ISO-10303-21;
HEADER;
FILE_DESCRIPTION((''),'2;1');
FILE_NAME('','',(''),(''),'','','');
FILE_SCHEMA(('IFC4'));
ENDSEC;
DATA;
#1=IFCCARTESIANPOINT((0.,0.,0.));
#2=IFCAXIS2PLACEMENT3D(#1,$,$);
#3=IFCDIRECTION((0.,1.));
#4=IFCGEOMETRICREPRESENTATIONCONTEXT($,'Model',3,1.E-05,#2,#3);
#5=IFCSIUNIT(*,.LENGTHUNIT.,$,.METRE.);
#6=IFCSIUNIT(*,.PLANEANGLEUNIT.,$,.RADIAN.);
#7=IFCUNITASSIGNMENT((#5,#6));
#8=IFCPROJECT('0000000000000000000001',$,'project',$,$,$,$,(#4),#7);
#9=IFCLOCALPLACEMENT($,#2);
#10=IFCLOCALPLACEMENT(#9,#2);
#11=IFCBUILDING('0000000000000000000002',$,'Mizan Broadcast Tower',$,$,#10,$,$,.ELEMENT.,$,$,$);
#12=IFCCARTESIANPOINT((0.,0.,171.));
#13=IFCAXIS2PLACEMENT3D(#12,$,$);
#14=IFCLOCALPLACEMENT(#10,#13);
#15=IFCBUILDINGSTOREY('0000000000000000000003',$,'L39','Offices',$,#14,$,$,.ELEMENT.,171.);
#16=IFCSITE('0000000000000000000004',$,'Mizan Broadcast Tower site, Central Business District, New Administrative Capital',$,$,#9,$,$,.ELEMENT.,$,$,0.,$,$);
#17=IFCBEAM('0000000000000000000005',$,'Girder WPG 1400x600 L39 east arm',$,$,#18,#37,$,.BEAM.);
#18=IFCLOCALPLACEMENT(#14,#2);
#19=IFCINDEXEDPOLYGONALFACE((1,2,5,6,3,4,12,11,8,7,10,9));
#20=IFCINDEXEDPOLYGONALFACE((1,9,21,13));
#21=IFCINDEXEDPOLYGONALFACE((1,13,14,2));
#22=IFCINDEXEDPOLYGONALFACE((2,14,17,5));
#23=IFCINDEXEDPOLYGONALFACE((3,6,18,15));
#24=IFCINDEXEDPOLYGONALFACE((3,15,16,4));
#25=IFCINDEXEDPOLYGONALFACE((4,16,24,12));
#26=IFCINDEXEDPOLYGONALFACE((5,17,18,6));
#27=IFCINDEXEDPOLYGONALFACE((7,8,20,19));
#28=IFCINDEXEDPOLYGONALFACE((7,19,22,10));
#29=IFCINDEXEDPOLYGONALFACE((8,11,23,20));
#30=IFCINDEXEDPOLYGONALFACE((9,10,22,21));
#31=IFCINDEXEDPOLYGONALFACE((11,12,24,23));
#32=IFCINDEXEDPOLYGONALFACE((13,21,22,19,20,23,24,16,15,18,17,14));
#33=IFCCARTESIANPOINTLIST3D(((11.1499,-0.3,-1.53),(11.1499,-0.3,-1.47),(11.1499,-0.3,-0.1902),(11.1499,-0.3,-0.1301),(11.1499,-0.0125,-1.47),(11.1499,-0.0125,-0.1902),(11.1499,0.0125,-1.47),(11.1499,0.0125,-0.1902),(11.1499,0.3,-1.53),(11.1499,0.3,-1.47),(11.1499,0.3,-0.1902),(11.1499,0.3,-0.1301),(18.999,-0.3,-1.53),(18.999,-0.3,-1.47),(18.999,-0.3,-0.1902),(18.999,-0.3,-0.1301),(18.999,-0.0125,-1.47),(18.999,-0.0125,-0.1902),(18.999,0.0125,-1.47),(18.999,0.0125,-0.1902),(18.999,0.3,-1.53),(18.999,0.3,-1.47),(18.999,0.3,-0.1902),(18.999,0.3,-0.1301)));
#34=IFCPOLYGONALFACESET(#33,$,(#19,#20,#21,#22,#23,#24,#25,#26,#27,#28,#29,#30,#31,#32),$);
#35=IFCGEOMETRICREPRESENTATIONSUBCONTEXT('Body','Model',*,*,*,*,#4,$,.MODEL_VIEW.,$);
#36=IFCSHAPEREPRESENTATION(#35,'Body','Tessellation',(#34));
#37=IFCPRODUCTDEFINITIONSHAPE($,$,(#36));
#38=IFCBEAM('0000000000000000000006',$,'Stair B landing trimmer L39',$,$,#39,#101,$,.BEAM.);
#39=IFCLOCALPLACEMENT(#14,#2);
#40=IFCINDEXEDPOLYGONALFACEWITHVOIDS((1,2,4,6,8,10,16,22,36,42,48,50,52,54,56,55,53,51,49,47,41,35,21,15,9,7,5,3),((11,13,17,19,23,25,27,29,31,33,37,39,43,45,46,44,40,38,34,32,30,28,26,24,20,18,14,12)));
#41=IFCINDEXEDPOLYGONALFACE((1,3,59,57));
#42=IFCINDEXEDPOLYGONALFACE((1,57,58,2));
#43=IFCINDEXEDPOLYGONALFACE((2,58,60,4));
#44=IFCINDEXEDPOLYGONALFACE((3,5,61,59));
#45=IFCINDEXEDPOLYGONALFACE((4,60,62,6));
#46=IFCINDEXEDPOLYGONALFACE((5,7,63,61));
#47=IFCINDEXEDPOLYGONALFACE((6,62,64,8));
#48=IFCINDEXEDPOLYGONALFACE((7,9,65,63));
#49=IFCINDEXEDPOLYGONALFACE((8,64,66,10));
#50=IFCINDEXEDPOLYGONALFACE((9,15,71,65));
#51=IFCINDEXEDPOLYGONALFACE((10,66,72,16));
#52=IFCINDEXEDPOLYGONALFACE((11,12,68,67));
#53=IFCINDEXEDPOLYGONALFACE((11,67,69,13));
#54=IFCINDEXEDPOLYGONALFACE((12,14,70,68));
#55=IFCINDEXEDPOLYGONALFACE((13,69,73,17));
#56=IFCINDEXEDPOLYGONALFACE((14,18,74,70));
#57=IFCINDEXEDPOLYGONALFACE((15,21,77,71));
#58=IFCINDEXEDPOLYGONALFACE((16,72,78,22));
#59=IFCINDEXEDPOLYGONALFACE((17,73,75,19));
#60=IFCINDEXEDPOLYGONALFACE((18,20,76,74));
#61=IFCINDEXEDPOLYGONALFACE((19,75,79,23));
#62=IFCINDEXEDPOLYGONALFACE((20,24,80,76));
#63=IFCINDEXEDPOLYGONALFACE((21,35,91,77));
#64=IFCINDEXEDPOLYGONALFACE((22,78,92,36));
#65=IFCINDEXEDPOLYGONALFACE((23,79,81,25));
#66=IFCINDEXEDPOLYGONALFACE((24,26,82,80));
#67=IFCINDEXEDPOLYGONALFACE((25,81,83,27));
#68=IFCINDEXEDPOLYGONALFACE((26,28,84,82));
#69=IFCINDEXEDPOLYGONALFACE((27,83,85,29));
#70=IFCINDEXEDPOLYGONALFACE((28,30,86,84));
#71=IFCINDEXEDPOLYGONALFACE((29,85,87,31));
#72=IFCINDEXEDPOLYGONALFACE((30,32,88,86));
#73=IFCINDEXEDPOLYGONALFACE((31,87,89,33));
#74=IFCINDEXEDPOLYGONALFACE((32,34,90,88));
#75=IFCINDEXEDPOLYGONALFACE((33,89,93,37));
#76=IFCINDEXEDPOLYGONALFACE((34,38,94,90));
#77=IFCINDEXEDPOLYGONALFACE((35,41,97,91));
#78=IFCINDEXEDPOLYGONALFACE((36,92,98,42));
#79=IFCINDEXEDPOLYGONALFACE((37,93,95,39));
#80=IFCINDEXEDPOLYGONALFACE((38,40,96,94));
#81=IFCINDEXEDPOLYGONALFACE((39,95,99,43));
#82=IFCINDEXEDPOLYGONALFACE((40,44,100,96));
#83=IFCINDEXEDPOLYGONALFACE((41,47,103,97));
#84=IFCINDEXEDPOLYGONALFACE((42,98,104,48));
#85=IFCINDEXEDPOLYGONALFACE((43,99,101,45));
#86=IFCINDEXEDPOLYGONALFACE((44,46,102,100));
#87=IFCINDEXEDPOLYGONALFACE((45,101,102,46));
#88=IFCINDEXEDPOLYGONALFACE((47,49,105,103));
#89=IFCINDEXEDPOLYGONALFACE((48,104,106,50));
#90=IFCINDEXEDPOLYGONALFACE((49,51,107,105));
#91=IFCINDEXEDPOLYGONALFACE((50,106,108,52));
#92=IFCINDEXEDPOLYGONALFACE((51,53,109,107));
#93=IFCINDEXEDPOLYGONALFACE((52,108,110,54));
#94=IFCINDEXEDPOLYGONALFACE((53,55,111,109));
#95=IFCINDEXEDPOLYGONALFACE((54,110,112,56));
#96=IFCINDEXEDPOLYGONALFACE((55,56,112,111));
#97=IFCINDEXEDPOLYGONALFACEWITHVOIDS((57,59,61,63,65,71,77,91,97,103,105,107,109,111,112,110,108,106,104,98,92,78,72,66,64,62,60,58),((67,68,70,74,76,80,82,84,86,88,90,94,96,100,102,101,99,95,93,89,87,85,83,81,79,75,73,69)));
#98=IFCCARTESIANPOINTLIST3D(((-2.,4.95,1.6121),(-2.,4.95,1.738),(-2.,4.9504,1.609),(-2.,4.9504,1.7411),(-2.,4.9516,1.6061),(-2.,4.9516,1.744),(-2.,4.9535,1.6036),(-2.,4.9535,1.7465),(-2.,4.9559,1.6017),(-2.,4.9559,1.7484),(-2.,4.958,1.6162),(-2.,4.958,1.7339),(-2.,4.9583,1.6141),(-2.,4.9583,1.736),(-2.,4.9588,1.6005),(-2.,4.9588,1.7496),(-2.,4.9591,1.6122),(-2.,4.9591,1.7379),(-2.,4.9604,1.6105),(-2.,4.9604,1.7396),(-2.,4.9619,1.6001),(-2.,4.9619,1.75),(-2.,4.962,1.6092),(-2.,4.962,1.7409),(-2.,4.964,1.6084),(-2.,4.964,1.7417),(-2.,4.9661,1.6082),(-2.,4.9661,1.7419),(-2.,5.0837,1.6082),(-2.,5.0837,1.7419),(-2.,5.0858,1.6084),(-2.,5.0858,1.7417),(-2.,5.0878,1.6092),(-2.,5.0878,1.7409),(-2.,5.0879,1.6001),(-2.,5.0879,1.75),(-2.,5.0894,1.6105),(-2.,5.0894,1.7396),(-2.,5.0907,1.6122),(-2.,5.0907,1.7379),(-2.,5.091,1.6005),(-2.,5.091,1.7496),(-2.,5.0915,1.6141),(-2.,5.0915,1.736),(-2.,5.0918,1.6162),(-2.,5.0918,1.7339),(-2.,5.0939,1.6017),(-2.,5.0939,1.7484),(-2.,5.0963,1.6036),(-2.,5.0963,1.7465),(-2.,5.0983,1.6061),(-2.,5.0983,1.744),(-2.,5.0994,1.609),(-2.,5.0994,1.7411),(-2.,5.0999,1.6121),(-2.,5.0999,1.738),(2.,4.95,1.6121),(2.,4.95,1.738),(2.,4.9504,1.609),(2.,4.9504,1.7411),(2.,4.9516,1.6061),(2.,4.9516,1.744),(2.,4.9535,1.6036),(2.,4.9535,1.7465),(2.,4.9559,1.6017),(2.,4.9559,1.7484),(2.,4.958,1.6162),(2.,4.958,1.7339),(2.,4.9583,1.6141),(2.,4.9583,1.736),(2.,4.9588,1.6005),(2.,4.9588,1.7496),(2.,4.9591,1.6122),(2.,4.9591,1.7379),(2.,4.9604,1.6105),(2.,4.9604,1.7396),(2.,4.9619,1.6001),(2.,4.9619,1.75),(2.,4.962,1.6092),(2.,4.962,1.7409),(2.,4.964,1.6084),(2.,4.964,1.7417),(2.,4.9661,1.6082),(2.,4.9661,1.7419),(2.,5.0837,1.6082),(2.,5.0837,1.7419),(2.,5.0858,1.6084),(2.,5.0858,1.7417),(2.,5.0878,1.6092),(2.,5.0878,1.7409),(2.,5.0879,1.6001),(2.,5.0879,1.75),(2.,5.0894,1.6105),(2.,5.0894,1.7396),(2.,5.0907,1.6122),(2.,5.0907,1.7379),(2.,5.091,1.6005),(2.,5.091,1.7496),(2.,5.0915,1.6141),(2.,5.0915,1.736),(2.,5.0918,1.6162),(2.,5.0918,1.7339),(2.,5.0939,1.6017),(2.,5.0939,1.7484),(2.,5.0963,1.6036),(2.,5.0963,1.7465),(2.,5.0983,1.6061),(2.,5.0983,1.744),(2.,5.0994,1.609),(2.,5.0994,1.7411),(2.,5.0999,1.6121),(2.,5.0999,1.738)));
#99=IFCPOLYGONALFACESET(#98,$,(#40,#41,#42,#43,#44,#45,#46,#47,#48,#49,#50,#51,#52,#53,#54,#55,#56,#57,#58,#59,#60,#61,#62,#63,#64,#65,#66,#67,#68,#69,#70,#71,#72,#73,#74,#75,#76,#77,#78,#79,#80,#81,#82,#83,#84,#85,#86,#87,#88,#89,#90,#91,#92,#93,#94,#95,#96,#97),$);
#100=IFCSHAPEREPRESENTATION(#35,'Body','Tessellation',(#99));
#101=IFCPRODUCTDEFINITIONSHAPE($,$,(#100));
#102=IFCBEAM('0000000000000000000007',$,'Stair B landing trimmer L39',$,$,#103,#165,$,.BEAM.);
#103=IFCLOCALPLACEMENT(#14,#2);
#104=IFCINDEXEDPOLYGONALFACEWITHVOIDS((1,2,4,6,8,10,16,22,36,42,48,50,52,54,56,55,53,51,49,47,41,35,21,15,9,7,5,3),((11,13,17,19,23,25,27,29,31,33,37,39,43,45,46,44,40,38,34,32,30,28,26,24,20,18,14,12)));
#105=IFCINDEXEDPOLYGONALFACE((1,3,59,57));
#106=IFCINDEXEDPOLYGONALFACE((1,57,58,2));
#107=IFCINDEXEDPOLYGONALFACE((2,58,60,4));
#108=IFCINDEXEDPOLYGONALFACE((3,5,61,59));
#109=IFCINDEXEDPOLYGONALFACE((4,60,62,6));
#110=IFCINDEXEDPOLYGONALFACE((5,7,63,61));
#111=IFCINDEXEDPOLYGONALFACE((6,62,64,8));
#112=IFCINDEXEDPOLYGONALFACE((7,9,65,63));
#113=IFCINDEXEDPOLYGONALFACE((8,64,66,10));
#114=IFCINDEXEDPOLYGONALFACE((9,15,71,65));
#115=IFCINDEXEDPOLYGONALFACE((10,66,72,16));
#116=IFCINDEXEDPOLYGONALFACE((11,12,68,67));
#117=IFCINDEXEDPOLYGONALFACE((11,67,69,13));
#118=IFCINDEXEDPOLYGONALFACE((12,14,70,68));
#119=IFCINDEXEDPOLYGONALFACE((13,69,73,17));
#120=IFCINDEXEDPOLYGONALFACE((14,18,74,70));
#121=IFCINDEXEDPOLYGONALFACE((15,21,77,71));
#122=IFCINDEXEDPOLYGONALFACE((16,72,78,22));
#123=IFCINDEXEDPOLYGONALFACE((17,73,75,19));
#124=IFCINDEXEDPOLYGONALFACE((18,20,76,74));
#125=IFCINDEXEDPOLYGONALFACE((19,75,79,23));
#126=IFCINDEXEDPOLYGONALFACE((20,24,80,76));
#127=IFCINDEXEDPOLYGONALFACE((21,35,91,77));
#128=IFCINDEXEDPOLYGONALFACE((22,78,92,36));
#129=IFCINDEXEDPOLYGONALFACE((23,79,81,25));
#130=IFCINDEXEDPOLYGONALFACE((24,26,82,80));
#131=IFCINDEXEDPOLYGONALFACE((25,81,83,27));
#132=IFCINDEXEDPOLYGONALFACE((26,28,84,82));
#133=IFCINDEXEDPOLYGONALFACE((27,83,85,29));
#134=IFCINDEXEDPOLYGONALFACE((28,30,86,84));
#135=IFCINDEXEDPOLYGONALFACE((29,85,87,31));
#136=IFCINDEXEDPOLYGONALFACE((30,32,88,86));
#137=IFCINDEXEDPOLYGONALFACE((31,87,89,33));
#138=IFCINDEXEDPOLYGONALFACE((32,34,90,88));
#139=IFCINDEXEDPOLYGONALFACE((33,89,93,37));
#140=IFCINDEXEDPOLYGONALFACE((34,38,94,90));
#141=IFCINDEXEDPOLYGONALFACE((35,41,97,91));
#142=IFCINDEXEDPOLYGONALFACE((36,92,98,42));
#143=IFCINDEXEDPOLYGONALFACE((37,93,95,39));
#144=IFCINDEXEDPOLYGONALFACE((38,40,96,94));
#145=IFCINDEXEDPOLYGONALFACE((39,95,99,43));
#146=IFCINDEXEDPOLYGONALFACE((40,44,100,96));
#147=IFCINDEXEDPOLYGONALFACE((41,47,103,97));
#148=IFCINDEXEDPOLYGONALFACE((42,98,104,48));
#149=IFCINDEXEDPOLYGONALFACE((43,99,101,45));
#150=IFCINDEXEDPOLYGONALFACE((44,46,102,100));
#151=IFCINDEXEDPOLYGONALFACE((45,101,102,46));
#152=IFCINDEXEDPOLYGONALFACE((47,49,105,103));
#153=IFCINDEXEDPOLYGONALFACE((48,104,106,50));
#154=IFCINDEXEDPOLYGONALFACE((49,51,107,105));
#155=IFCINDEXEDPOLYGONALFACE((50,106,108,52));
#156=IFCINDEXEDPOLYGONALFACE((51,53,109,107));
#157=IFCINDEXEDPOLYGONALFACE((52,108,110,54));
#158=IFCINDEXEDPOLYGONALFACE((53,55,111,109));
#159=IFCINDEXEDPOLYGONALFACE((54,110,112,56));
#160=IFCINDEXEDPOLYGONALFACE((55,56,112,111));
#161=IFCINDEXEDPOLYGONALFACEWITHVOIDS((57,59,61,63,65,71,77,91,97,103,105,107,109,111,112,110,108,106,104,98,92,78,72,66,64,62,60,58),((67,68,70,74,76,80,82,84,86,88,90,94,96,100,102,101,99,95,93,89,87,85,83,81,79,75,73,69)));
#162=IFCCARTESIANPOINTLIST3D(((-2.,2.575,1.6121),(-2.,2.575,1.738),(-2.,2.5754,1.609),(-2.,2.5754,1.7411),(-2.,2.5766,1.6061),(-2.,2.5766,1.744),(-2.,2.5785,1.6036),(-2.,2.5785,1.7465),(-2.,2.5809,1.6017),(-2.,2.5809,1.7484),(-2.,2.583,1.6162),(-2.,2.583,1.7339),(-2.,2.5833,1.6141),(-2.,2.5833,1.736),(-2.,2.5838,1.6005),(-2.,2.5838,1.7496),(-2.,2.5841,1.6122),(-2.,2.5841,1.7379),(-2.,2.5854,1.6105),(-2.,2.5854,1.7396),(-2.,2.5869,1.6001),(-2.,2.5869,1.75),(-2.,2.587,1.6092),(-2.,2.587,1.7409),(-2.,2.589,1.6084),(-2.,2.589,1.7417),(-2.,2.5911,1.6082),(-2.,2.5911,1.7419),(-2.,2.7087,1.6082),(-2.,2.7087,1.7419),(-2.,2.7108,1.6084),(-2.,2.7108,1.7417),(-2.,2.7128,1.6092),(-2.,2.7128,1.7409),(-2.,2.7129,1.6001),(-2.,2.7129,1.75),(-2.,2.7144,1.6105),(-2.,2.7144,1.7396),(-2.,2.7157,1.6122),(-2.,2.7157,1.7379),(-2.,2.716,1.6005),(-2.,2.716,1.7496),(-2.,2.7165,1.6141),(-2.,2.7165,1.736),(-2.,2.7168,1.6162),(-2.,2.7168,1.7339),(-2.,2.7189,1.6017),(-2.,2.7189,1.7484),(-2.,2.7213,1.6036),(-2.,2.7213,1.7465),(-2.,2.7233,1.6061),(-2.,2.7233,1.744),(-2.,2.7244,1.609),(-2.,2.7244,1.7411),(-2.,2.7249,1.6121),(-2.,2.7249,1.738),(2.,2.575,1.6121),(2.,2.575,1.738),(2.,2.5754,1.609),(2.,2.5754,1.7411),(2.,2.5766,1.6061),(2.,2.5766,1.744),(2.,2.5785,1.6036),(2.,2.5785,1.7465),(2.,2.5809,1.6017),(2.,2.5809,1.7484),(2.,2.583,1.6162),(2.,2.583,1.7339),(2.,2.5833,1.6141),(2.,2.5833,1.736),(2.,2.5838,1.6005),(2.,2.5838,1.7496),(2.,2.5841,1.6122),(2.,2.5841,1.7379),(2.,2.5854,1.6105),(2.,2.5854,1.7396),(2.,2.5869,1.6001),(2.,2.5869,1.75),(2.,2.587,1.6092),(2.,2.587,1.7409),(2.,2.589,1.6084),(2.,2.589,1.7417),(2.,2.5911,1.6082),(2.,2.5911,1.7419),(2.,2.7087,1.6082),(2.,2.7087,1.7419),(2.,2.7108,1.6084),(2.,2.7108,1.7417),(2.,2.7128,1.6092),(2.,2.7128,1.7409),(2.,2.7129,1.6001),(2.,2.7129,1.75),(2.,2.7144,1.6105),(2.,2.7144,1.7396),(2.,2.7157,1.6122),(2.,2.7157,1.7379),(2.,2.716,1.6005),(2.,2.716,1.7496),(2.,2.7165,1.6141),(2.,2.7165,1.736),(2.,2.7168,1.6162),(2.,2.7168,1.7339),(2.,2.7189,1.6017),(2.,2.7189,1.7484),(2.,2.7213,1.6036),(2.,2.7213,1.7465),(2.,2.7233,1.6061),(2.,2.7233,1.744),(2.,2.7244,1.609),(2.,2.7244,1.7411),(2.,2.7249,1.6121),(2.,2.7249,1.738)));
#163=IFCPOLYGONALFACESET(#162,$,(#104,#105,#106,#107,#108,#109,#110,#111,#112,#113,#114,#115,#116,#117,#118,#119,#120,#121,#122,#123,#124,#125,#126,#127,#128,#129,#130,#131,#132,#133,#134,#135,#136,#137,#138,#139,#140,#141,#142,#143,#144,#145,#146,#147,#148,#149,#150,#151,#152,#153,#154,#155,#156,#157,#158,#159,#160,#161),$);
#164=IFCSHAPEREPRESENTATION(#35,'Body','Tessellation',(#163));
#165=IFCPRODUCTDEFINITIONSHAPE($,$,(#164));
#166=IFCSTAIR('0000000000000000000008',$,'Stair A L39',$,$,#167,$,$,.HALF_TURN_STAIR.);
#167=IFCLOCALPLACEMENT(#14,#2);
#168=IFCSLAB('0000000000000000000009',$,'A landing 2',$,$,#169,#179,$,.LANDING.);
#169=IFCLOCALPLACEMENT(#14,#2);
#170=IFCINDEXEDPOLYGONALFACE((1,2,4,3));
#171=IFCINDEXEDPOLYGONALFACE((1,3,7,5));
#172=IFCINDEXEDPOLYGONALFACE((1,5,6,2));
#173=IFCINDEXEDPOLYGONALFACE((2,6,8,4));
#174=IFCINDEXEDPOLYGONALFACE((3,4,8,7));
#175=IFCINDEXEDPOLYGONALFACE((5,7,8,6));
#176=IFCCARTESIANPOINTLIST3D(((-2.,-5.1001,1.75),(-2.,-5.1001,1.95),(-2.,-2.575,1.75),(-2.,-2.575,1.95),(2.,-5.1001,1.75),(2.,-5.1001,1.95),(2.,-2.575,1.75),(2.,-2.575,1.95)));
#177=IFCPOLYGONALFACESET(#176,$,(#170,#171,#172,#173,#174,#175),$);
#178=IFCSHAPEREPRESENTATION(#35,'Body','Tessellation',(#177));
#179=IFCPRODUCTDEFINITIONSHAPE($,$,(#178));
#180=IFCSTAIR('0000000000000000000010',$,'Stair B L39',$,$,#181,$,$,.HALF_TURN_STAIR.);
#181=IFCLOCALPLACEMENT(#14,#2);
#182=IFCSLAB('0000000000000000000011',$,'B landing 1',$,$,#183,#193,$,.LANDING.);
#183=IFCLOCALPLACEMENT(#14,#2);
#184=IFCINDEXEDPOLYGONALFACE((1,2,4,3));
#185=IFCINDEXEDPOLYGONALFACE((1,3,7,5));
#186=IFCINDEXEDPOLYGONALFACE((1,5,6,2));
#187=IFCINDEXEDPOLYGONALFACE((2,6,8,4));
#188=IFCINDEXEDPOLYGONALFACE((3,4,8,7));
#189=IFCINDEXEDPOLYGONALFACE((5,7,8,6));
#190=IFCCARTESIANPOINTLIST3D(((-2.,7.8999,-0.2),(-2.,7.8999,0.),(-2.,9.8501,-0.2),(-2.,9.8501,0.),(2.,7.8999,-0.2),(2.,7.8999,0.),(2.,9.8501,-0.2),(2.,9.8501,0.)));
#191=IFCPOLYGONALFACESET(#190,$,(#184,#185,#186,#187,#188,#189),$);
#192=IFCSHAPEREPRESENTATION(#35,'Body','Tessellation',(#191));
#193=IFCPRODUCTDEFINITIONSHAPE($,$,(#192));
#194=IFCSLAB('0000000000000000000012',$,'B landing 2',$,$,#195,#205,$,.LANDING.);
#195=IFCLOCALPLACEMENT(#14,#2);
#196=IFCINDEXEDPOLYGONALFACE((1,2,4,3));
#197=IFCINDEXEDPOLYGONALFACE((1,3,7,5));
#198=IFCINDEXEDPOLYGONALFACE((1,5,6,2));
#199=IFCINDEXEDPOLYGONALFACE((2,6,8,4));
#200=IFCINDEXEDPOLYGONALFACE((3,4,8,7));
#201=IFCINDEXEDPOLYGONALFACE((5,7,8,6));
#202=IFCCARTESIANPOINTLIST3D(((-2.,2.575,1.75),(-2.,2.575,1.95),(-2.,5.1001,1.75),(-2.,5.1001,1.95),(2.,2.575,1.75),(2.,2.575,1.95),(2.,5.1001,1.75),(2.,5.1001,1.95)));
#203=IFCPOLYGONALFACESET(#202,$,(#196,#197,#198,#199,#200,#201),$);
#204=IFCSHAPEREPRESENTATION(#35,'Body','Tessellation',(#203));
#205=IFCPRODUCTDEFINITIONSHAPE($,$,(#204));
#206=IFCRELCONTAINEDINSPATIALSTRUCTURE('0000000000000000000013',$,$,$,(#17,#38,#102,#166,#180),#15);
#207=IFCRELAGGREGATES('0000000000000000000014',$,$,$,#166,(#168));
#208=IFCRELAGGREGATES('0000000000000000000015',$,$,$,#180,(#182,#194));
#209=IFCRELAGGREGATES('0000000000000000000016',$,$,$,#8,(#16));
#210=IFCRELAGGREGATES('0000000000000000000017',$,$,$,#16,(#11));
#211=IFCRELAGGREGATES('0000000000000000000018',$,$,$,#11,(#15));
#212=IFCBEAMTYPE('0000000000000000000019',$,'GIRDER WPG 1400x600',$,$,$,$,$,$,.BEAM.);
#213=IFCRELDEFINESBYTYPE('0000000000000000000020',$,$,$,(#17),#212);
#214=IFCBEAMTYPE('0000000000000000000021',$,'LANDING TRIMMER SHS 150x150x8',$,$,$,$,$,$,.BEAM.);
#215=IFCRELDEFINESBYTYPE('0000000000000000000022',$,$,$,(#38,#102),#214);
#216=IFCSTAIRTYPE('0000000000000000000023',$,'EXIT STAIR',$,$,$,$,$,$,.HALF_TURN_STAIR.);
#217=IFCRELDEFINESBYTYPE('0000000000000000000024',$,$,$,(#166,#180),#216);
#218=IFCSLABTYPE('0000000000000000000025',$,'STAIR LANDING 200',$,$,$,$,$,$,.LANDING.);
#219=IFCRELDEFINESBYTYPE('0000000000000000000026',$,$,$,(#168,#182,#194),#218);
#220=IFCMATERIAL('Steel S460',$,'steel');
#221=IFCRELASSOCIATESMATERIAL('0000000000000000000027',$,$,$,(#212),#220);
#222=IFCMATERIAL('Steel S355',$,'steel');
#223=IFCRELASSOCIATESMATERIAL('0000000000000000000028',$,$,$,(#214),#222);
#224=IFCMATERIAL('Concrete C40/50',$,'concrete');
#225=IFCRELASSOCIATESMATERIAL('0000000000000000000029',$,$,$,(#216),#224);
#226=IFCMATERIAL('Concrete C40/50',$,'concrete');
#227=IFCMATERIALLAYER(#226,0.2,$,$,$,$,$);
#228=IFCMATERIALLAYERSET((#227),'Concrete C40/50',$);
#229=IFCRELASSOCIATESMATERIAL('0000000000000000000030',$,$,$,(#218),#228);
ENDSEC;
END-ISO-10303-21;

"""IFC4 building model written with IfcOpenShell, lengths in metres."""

from ifc_helpers import new_model, si_unit, direction, frame, origin, origin_2d, place, context, subcontext, project, spatial, polyline, hollow_rectangle, i_section, outline, extrude, material, layer, layer_set, material_profile, profile_set, type_object, element, aggregate, save


model = new_model("IFC4")

# Units and contexts
model_context = context("Model", 3, precision=1e-05, world=origin(), true_north=direction((0.0, 1.0)))
body_context = subcontext(model_context, "Body", "Model", "MODEL_VIEW")
ifc_project = project(units=[si_unit("LENGTHUNIT", "METRE"), si_unit("PLANEANGLEUNIT", "RADIAN")], contexts=[model_context])

# Site, building, storey
site_placement = place(None, origin())
site = spatial("IfcSite", under=ifc_project, at=site_placement, Name="Mizan Broadcast Tower site, Central Business District, New Administrative Capital", CompositionType="ELEMENT", RefElevation=0.0)
building_placement = place(site_placement, origin())
building = spatial("IfcBuilding", under=site, at=building_placement, Name="Mizan Broadcast Tower", CompositionType="ELEMENT")
storey_placement = place(building_placement, frame((0.0, 0.0, 171.0)))
storey = spatial("IfcBuildingStorey", under=building, at=storey_placement, Name="L39", Description="Offices", CompositionType="ELEMENT", Elevation=171.0)

# Beams
ifc_material_1 = material(Name="Steel S460", Category="steel")
ifc_material_profile_1 = material_profile(ifc_material_1, i_section(OverallWidth=0.6001, OverallDepth=1.3999, WebThickness=0.0249, FlangeThickness=0.0601, at=origin_2d()), Name="WPG 1400x600")
ifc_profile_set_1 = profile_set([ifc_material_profile_1], Name="Steel S460")
beam_type_1 = type_object("IfcBeamType", Name="GIRDER WPG 1400x600", PredefinedType="BEAM", material=ifc_profile_set_1)
beam_placement = place(storey_placement, frame((11.1499, 0.0, -0.8301), z_axis=(1.0, 0.0, 0.0), x_axis=(0.0, 1.0, 0.0)))
element("IfcBeam", 1, at=beam_placement, inside=storey, type_object=beam_type_1, Name="Girder WPG 1400x600 L39 east arm", PredefinedType="BEAM", context=body_context, shape_type="SweptSolid", body=[
    extrude(i_section(OverallWidth=0.6001, OverallDepth=1.3999, WebThickness=0.0249, FlangeThickness=0.0601, at=origin_2d()), origin(), (0.0, 0.0, 1.0), 7.8491),
])
ifc_material_2 = material(Name="Steel S355", Category="steel")
ifc_material_profile_2 = material_profile(ifc_material_2, hollow_rectangle(XDim=0.1499, YDim=0.1499, WallThickness=0.0081, InnerFilletRadius=0.0081, OuterFilletRadius=0.012, at=origin_2d()), Name="SHS 150x150x8")
ifc_profile_set_2 = profile_set([ifc_material_profile_2], Name="Steel S355")
beam_type_2 = type_object("IfcBeamType", Name="LANDING TRIMMER SHS 150x150x8", PredefinedType="BEAM", material=ifc_profile_set_2)
for number, where, z_axis, x_axis, name in (
    (2, (2.0, 5.0249, 1.675), (-1.0, 0.0, 0.0), (0.0, -1.0, 0.0), "Stair B landing trimmer L39"),
    (3, (2.0, 2.6499, 1.675), (-1.0, 0.0, 0.0), (0.0, -1.0, 0.0), "Stair B landing trimmer L39"),
):
    element("IfcBeam", number, at=place(storey_placement, frame(where, z_axis=z_axis, x_axis=x_axis)), inside=storey, type_object=beam_type_2, Name=name, PredefinedType="BEAM", context=body_context, shape_type="SweptSolid", body=[
        extrude(hollow_rectangle(XDim=0.1499, YDim=0.1499, WallThickness=0.0081, InnerFilletRadius=0.0081, OuterFilletRadius=0.012, at=origin_2d()), origin(), (0.0, 0.0, 1.0), 4.0),
    ])

# Stair, slab
ifc_material_3 = material(Name="Concrete C40/50", Category="concrete")
stair_type = type_object("IfcStairType", Name="EXIT STAIR", PredefinedType="HALF_TURN_STAIR", material=ifc_material_3)
stair_1_placement = place(storey_placement, origin())
stair_1 = element("IfcStair", 4, at=stair_1_placement, inside=storey, type_object=stair_type, Name="Stair A L39", PredefinedType="HALF_TURN_STAIR")
ifc_material_4 = material(Name="Concrete C40/50", Category="concrete")
ifc_layer_1 = layer(ifc_material_4, 0.2)
ifc_layer_set_1 = layer_set([ifc_layer_1], Name="Concrete C40/50")
slab_type = type_object("IfcSlabType", Name="STAIR LANDING 200", PredefinedType="LANDING", material=ifc_layer_set_1)
slab_1_placement = place(storey_placement, frame((0.0, 0.0, 1.75)))
slab_1 = element("IfcSlab", 5, at=slab_1_placement, type_object=slab_type, Name="A landing 2", PredefinedType="LANDING", context=body_context, shape_type="SweptSolid", body=[
    extrude(outline(polyline([(-2.0, -5.1001), (-2.0, -2.575), (2.0, -2.575), (2.0, -5.1001), (-2.0, -5.1001)])), origin(), (0.0, 0.0, 1.0), 0.2),
])
aggregate(stair_1, [slab_1])

# Stair, slabs
stair_2_placement = place(storey_placement, origin())
stair_2 = element("IfcStair", 6, at=stair_2_placement, inside=storey, type_object=stair_type, Name="Stair B L39", PredefinedType="HALF_TURN_STAIR")
slab_2_placement = place(storey_placement, frame((0.0, 0.0, -0.2)))
slab_2 = element("IfcSlab", 7, at=slab_2_placement, type_object=slab_type, Name="B landing 1", PredefinedType="LANDING", context=body_context, shape_type="SweptSolid", body=[
    extrude(outline(polyline([(2.0, 9.8501), (2.0, 7.8999), (-2.0, 7.8999), (-2.0, 9.8501), (2.0, 9.8501)])), origin(), (0.0, 0.0, 1.0), 0.2),
])
slab_3_placement = place(storey_placement, frame((0.0, 0.0, 1.75)))
slab_3 = element("IfcSlab", 8, at=slab_3_placement, type_object=slab_type, Name="B landing 2", PredefinedType="LANDING", context=body_context, shape_type="SweptSolid", body=[
    extrude(outline(polyline([(2.0, 5.1001), (2.0, 2.575), (-2.0, 2.575), (-2.0, 5.1001), (2.0, 5.1001)])), origin(), (0.0, 0.0, 1.0), 0.2),
])

aggregate(stair_2, [slab_2, slab_3])

save(model, "model.ifc")
